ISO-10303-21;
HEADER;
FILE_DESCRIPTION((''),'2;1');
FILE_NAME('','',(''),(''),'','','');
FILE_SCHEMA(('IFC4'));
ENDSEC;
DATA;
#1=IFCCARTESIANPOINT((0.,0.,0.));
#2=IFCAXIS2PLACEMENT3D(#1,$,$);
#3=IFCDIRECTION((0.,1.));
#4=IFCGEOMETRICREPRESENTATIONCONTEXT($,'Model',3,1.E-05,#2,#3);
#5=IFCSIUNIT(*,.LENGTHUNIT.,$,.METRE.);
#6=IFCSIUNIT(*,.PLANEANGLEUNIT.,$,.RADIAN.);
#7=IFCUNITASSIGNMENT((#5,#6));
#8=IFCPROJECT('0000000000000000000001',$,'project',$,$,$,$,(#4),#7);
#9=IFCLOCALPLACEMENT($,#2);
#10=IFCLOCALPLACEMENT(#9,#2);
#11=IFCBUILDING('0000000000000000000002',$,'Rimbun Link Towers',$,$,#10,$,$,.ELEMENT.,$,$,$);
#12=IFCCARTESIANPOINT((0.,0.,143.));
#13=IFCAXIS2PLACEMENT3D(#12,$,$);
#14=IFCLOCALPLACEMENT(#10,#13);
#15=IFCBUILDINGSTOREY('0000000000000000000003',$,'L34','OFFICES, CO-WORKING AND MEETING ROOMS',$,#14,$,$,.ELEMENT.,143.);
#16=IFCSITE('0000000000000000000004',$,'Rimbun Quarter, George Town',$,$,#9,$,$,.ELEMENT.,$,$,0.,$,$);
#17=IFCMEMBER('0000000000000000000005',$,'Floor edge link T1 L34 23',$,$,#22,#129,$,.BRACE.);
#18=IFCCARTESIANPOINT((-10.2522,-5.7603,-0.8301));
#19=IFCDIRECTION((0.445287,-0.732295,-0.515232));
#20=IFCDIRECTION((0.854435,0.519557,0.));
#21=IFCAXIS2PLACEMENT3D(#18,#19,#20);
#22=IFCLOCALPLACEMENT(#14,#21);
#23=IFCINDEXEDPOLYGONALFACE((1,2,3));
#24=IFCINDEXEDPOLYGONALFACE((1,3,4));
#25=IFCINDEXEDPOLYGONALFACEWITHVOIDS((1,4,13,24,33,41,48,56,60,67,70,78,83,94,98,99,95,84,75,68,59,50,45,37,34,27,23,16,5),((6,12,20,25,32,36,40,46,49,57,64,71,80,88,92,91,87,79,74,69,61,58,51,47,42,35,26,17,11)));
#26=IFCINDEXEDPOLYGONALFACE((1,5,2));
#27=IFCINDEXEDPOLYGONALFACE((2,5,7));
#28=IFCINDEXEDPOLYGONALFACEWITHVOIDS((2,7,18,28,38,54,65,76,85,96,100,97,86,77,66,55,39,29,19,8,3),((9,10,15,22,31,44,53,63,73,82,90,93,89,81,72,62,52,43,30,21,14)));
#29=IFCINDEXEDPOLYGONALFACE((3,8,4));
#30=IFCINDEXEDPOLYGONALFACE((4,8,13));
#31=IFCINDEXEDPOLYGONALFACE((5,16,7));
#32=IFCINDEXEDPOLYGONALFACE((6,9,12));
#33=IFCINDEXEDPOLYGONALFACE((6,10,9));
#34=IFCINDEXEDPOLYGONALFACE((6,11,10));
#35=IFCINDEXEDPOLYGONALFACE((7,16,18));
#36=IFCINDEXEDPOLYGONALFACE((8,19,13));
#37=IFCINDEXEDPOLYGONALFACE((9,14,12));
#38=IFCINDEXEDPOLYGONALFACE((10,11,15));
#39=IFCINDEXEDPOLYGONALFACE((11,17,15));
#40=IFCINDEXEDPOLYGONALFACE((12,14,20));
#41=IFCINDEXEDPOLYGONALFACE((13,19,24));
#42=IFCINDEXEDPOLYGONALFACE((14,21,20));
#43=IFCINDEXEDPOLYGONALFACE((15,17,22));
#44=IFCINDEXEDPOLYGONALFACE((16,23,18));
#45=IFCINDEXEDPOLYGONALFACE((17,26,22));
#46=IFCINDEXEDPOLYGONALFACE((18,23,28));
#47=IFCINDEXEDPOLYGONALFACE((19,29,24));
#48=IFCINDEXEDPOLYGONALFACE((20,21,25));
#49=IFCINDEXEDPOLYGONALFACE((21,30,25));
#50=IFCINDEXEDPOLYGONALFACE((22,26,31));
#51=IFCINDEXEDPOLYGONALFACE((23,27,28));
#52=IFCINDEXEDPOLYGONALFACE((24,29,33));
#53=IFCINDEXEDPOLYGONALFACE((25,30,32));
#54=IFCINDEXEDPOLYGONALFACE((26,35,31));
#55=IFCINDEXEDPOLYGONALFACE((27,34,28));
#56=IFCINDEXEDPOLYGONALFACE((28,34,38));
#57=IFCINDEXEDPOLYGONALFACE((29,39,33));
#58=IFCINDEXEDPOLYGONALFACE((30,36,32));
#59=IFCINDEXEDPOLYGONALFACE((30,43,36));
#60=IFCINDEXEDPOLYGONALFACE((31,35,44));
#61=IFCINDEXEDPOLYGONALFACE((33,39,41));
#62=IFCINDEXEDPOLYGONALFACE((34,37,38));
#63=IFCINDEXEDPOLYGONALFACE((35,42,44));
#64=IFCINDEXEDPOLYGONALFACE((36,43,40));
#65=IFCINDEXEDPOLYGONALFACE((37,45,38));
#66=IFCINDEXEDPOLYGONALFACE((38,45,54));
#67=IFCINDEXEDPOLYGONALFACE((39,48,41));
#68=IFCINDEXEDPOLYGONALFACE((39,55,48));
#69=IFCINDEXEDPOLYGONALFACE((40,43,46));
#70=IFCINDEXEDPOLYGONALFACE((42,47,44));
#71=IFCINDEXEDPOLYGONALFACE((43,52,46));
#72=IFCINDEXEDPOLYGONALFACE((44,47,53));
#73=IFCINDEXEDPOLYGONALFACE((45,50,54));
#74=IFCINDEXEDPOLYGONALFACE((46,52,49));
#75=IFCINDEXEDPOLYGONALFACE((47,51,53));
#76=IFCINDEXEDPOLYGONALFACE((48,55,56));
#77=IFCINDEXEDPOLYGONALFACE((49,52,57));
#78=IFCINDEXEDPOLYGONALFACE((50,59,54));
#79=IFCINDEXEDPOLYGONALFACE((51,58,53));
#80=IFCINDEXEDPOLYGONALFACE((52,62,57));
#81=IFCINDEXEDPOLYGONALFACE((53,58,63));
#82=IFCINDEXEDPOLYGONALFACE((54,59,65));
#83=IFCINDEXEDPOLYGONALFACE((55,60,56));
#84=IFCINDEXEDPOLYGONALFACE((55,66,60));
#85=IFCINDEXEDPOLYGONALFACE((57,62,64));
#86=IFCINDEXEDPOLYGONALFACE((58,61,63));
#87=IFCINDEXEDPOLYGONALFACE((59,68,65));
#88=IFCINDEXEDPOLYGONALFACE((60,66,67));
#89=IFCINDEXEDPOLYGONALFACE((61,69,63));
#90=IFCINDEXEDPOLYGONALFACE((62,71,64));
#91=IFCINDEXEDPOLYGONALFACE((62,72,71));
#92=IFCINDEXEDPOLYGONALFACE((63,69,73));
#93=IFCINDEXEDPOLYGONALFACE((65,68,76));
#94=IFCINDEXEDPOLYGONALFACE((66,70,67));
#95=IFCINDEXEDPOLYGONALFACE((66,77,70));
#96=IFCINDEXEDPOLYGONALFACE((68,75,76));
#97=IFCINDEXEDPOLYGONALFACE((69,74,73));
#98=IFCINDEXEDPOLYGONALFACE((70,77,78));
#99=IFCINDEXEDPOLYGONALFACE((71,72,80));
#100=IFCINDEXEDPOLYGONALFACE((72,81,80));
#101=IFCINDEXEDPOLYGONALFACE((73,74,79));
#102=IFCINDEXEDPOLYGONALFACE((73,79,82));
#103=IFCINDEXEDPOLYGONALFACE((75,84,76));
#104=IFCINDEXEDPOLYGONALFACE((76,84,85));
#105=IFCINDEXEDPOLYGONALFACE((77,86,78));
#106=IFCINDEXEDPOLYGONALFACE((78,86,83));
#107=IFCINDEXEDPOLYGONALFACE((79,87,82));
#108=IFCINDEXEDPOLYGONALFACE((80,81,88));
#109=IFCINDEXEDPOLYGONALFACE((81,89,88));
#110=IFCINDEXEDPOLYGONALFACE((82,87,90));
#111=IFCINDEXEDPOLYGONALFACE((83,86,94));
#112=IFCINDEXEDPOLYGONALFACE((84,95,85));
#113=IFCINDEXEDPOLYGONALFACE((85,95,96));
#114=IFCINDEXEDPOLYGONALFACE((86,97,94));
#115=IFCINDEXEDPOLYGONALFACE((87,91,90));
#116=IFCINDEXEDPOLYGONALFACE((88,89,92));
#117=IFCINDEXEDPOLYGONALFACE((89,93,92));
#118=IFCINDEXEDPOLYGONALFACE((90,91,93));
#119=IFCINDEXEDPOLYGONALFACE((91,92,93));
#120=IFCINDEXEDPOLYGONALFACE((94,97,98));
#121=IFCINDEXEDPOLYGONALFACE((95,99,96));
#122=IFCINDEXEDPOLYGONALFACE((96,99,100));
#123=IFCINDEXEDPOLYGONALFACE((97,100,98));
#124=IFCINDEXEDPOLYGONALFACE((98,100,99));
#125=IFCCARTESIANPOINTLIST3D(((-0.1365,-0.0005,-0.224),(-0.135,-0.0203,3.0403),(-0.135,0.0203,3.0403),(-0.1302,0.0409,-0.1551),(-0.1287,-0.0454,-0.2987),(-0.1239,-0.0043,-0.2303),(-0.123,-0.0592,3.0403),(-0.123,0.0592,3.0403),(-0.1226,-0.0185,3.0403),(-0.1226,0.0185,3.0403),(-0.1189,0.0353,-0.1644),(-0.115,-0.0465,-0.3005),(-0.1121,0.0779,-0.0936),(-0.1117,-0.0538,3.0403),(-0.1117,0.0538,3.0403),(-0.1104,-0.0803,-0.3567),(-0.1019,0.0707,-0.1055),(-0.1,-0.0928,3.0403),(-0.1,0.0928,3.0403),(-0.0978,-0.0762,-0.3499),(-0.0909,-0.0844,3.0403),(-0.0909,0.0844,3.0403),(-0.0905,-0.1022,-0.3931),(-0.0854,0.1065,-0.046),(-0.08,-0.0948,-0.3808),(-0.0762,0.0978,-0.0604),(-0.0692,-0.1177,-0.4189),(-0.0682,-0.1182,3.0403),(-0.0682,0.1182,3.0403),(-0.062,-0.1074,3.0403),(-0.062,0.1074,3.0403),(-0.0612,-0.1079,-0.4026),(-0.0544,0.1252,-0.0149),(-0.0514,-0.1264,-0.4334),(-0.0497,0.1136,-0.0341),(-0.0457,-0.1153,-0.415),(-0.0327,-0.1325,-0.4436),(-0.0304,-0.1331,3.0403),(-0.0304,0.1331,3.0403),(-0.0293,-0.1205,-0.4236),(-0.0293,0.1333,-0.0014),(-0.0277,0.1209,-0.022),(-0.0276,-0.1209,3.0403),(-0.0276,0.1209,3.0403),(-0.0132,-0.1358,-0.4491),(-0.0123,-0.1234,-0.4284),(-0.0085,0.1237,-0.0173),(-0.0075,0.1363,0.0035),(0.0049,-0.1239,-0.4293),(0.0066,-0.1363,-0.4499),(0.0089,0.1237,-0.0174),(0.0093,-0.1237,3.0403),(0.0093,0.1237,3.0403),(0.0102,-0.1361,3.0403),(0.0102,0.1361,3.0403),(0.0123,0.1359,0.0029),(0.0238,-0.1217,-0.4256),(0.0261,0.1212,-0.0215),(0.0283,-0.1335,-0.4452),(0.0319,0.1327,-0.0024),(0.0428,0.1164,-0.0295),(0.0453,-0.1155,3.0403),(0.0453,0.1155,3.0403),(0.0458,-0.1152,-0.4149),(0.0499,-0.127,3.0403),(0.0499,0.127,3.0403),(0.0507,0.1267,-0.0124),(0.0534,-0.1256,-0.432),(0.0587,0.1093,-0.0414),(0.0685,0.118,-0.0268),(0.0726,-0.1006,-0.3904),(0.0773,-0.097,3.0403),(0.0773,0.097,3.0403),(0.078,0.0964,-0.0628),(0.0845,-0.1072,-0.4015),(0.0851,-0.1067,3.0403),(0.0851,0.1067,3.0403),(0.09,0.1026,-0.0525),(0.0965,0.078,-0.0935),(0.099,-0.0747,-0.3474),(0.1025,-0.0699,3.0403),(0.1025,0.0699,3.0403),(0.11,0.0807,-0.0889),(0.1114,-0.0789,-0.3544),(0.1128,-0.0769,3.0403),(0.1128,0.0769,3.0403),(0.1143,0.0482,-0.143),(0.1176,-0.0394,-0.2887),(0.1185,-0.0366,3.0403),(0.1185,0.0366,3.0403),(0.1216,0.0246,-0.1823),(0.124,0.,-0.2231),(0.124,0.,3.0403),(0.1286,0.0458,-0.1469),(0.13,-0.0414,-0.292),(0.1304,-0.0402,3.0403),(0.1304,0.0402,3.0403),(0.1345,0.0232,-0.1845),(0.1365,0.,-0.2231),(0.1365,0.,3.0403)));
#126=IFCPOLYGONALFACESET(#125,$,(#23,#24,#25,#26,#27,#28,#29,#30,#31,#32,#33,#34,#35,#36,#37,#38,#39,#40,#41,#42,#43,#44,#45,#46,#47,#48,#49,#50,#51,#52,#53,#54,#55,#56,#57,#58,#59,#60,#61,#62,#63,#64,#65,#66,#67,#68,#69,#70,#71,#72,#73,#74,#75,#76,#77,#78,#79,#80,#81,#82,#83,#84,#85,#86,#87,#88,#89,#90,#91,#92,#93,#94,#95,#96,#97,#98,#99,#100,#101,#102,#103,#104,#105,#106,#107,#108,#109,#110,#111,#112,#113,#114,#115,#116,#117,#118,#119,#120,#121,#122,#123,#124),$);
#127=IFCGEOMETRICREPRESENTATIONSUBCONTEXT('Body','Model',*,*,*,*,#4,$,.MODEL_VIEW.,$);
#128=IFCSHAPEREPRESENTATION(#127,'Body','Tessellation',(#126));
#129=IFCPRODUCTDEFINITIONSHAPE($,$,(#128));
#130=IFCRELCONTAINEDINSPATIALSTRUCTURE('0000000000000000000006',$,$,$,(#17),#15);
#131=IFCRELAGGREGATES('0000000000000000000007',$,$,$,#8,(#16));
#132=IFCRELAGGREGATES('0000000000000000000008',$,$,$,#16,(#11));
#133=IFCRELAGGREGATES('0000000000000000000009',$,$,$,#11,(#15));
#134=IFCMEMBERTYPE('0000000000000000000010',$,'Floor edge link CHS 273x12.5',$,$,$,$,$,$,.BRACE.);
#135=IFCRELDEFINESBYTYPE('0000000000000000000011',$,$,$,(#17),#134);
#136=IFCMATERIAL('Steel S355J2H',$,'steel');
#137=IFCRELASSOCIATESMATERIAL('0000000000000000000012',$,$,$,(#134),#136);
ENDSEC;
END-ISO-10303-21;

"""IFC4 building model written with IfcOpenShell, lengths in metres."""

from ifc_helpers import new_model, si_unit, direction, frame, origin, origin_2d, place, context, subcontext, project, spatial, hollow_circle, extrude, clip, halfspace, material, material_profile, profile_set, type_object, element, save


model = new_model("IFC4")

# Units and contexts
model_context = context("Model", 3, precision=1e-05, world=origin(), true_north=direction((0.0, 1.0)))
body_context = subcontext(model_context, "Body", "Model", "MODEL_VIEW")
ifc_project = project(units=[si_unit("LENGTHUNIT", "METRE"), si_unit("PLANEANGLEUNIT", "RADIAN")], contexts=[model_context])

# Site, building, storey
site_placement = place(None, origin())
site = spatial("IfcSite", under=ifc_project, at=site_placement, Name="Rimbun Quarter, George Town", CompositionType="ELEMENT", RefElevation=0.0)
building_placement = place(site_placement, origin())
building = spatial("IfcBuilding", under=site, at=building_placement, Name="Rimbun Link Towers", CompositionType="ELEMENT")
storey_placement = place(building_placement, frame((0.0, 0.0, 143.0)))
storey = spatial("IfcBuildingStorey", under=building, at=storey_placement, Name="L34", Description="OFFICES, CO-WORKING AND MEETING ROOMS", CompositionType="ELEMENT", Elevation=143.0)

# Member
ifc_material_1 = material(Name="Steel S355J2H", Category="steel")
ifc_material_profile_1 = material_profile(ifc_material_1, hollow_circle(Radius=0.1365, WallThickness=0.0125, at=origin_2d()), Name="CHS 273x12.5")
ifc_profile_set_1 = profile_set([ifc_material_profile_1], Name="Steel S355J2H")
member_type_1 = type_object("IfcMemberType", Name="Floor edge link CHS 273x12.5", PredefinedType="BRACE", material=ifc_profile_set_1)
member_1_placement = place(storey_placement, frame((-10.2522, -5.7603, -0.8301), z_axis=(0.445287, -0.732295, -0.515232), x_axis=(0.854435, 0.519557, 0.0)))
element("IfcMember", 1, at=member_1_placement, inside=storey, type_object=member_type_1, Name="Floor edge link T1 L34 23", PredefinedType="BRACE", context=body_context, shape_type="Clipping", body=[
    clip(extrude(hollow_circle(Radius=0.1365, WallThickness=0.0125, at=origin_2d()), frame((0.0, 0.0, -0.4734)), (0.0, 0.0, 1.0), 3.5137), halfspace(frame((0.0, 0.0, -0.2231), z_axis=(0.0, 0.857051, -0.515232)), False)),
])

save(model, "model.ifc")
